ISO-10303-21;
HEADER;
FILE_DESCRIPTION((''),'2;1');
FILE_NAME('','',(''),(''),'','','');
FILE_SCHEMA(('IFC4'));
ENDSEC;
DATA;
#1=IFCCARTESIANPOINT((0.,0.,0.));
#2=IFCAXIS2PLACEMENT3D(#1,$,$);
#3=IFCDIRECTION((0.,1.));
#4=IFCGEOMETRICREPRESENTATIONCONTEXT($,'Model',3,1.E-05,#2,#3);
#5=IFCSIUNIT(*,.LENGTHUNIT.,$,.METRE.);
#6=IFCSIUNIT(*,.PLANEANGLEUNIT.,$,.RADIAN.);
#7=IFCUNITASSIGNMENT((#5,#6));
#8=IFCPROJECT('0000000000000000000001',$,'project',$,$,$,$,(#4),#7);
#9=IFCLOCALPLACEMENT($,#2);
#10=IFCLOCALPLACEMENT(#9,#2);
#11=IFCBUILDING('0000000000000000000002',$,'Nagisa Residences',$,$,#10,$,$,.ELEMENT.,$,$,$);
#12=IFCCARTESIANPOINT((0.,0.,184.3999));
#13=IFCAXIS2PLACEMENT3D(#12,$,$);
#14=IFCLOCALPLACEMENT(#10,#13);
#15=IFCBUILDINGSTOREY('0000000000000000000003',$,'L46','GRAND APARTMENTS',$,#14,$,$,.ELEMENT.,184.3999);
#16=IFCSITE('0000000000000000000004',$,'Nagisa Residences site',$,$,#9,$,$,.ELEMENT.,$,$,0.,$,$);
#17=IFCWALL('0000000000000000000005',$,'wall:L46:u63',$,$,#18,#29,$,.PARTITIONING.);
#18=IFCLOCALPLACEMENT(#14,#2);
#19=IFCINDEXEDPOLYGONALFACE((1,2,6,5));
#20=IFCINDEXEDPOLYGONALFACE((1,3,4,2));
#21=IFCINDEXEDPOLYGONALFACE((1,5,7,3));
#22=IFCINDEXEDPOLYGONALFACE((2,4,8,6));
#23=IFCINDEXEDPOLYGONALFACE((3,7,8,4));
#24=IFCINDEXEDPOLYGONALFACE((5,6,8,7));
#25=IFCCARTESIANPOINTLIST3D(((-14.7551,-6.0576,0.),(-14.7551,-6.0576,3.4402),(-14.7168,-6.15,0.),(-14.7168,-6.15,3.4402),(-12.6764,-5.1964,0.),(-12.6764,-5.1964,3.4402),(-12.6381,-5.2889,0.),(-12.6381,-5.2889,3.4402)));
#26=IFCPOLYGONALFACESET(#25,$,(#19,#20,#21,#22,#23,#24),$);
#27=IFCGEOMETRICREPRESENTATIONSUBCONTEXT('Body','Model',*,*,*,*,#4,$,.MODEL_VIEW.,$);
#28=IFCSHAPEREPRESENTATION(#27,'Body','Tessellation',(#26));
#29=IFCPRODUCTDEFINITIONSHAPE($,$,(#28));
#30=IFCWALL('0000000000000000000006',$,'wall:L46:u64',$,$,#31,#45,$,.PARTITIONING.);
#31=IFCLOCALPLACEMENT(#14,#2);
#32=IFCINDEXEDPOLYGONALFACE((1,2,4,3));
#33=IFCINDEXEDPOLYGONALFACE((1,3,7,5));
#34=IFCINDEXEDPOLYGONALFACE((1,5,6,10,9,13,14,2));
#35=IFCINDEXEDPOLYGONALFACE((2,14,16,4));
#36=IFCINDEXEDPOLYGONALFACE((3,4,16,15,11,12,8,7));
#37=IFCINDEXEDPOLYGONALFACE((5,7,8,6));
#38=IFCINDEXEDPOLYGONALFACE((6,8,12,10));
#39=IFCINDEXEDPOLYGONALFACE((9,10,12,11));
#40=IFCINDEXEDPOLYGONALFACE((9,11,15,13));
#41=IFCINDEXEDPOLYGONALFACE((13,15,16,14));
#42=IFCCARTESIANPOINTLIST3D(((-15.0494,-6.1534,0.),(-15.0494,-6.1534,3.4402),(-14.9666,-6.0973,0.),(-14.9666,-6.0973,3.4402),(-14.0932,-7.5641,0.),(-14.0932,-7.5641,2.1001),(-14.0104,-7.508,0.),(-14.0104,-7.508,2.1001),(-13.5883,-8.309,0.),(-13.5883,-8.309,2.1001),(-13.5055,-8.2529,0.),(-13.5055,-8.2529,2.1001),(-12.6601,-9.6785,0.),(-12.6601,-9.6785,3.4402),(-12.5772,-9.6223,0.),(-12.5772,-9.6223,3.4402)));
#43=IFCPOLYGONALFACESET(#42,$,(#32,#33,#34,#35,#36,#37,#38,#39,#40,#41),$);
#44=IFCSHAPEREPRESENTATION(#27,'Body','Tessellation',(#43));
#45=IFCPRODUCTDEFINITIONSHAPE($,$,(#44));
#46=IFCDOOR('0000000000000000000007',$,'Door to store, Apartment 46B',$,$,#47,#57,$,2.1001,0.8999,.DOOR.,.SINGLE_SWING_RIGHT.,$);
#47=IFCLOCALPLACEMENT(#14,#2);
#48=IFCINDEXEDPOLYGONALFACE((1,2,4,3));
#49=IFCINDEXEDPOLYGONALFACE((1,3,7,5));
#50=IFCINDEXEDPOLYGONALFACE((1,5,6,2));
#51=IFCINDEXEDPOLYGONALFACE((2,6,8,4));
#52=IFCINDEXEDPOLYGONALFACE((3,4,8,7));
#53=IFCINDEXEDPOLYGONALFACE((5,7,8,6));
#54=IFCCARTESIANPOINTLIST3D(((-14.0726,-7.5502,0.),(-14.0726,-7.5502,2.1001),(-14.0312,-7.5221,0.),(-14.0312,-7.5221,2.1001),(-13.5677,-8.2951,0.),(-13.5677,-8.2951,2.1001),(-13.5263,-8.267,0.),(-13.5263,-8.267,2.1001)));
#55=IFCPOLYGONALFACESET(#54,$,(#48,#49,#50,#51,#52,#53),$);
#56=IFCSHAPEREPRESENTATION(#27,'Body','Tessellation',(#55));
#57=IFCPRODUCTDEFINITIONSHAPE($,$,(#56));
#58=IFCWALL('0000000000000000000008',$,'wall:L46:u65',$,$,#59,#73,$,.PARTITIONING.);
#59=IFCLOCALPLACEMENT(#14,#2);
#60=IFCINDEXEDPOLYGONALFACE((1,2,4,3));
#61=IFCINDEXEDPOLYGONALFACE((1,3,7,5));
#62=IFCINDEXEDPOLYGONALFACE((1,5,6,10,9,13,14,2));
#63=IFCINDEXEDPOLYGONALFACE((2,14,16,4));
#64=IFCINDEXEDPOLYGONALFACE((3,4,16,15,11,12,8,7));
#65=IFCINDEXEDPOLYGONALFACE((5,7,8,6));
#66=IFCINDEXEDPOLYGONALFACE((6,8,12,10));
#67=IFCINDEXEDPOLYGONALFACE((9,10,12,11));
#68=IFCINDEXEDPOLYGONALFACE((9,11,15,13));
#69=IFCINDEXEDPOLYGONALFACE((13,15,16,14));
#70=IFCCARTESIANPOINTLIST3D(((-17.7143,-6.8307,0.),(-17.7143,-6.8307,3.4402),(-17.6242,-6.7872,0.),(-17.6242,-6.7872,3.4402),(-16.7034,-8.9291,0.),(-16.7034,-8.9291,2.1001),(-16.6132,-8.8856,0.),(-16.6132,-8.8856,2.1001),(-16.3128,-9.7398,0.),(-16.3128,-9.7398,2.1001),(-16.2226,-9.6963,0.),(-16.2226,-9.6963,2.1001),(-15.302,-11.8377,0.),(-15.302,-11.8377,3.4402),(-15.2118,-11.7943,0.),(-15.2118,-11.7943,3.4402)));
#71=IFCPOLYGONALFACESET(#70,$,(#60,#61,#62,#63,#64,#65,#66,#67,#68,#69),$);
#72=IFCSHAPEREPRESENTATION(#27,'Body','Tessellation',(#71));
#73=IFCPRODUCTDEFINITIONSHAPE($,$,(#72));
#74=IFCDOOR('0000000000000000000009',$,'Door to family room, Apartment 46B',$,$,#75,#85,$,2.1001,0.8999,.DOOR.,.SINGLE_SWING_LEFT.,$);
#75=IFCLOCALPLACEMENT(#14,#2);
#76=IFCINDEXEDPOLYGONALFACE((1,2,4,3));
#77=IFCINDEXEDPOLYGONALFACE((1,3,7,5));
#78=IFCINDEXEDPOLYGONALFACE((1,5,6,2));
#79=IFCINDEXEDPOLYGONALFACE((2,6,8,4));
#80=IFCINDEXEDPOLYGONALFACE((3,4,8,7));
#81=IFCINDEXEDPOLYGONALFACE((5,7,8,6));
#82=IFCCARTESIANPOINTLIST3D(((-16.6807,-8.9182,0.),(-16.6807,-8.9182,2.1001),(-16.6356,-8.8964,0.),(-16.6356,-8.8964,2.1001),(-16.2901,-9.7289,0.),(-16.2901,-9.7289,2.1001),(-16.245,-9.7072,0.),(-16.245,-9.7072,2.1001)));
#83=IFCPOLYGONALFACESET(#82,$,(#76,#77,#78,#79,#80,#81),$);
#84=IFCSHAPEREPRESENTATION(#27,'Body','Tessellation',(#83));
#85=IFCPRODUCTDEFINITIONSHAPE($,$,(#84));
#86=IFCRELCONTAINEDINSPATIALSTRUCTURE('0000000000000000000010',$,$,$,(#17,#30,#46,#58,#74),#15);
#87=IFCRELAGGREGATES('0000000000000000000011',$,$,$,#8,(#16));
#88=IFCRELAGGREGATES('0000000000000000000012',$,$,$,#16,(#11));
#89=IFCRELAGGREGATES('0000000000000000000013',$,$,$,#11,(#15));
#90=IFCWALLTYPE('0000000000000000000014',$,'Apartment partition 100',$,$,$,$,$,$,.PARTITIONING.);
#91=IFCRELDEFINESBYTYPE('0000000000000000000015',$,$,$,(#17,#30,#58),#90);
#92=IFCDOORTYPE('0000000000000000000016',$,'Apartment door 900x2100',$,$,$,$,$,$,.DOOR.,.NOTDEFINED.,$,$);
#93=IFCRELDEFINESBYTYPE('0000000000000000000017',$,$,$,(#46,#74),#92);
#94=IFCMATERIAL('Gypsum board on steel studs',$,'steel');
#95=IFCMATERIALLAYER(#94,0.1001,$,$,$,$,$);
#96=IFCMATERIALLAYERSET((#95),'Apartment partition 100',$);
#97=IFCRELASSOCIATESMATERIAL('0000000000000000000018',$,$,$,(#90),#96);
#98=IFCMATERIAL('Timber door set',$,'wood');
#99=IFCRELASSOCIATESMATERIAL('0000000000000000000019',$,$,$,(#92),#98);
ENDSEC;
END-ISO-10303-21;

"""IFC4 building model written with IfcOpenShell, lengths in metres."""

from ifc_helpers import new_model, si_unit, direction, frame, frame_2d, origin, place, context, subcontext, project, spatial, rectangle, extrude, material, layer, layer_set, type_object, element, fill, save


model = new_model("IFC4")

# Units and contexts
model_context = context("Model", 3, precision=1e-05, world=origin(), true_north=direction((0.0, 1.0)))
body_context = subcontext(model_context, "Body", "Model", "MODEL_VIEW")
ifc_project = project(units=[si_unit("LENGTHUNIT", "METRE"), si_unit("PLANEANGLEUNIT", "RADIAN")], contexts=[model_context])

# Site, building, storey
site_placement = place(None, origin())
site = spatial("IfcSite", under=ifc_project, at=site_placement, Name="Nagisa Residences site", CompositionType="ELEMENT", RefElevation=0.0)
building_placement = place(site_placement, origin())
building = spatial("IfcBuilding", under=site, at=building_placement, Name="Nagisa Residences", CompositionType="ELEMENT")
storey_placement = place(building_placement, frame((0.0, 0.0, 184.3999)))
storey = spatial("IfcBuildingStorey", under=building, at=storey_placement, Name="L46", Description="GRAND APARTMENTS", CompositionType="ELEMENT", Elevation=184.3999)

# Shared definitions
ifc_material_1 = material(Name="Gypsum board on steel studs", Category="steel")
ifc_layer_1 = layer(ifc_material_1, 0.1001)
ifc_layer_set_1 = layer_set([ifc_layer_1], Name="Apartment partition 100")
wall_type_1 = type_object("IfcWallType", Name="Apartment partition 100", PredefinedType="PARTITIONING", material=ifc_layer_set_1)

# Shared definitions
ifc_material_2 = material(Name="Timber door set", Category="wood")
door_type_1 = type_object("IfcDoorType", Name="Apartment door 900x2100", OperationType="NOTDEFINED", PredefinedType="DOOR", material=ifc_material_2)

# Wall
wall_1_placement = place(storey_placement, frame((-12.6572, -5.2427, 0.0), z_axis=(0.0, 0.0, 1.0), x_axis=(-0.923865, -0.382719, 0.0)))
element("IfcWall", 1, at=wall_1_placement, inside=storey, type_object=wall_type_1, Name="wall:L46:u63", PredefinedType="PARTITIONING", context=body_context, shape_type="SweptSolid", body=[
    extrude(rectangle(XDim=2.25, YDim=0.1001, at=frame_2d((1.125, 0.0))), origin(), (0.0, 0.0, 1.0), 3.4402),
])

# Walls, openings, doors
wall_2_placement = place(storey_placement, frame((-15.0081, -6.1252, 0.0), z_axis=(0.0, 0.0, 1.0), x_axis=(0.561074, -0.827766, 0.0)))
wall_2 = element("IfcWall", 2, at=wall_2_placement, inside=storey, type_object=wall_type_1, Name="wall:L46:u64", PredefinedType="PARTITIONING", context=body_context, shape_type="SweptSolid", body=[
    extrude(rectangle(XDim=4.2585, YDim=0.1001, at=frame_2d((2.1294, 0.0))), origin(), (0.0, 0.0, 1.0), 3.4402),
])
opening_1_placement = place(wall_2_placement, frame((1.7043, 0.0, 0.0)))
opening_1 = element("IfcOpeningElement", 3, at=opening_1_placement, cuts=wall_2, PredefinedType="OPENING", context=body_context, shape_type="SweptSolid", body=[
    extrude(rectangle(XDim=0.8999, YDim=2.1001, at=frame_2d((0.45, 1.05))), frame((0.0, 0.0601, 0.0), z_axis=(0.0, -1.0, 0.0), x_axis=(1.0, 0.0, 0.0)), (0.0, 0.0, 1.0), 0.1201),
])
door_1_placement = place(opening_1_placement, origin())
door_1 = element("IfcDoor", 4, at=door_1_placement, inside=storey, type_object=door_type_1, Name="Door to store, Apartment 46B", OperationType="SINGLE_SWING_RIGHT", OverallHeight=2.1001, OverallWidth=0.8999, PredefinedType="DOOR", context=body_context, shape_type="SweptSolid", body=[
    extrude(rectangle(XDim=0.8999, YDim=2.1001, at=frame_2d((0.45, 1.05))), frame((0.0, 0.0249, 0.0), z_axis=(0.0, -1.0, 0.0), x_axis=(1.0, 0.0, 0.0)), (0.0, 0.0, 1.0), 0.05),
])
fill(opening_1, door_1)
wall_3_placement = place(storey_placement, frame((-17.6692, -6.8091, 0.0), z_axis=(0.0, 0.0, 1.0), x_axis=(0.43404, -0.900894, 0.0)))
wall_3 = element("IfcWall", 5, at=wall_3_placement, inside=storey, type_object=wall_type_1, Name="wall:L46:u65", PredefinedType="PARTITIONING", context=body_context, shape_type="SweptSolid", body=[
    extrude(rectangle(XDim=5.5579, YDim=0.1001, at=frame_2d((2.7788, 0.0))), origin(), (0.0, 0.0, 1.0), 3.4402),
])
opening_2_placement = place(wall_3_placement, frame((2.3291, 0.0, 0.0)))
opening_2 = element("IfcOpeningElement", 6, at=opening_2_placement, cuts=wall_3, PredefinedType="OPENING", context=body_context, shape_type="SweptSolid", body=[
    extrude(rectangle(XDim=0.8999, YDim=2.1001, at=frame_2d((0.45, 1.05))), frame((0.0, 0.0601, 0.0), z_axis=(0.0, -1.0, 0.0), x_axis=(1.0, 0.0, 0.0)), (0.0, 0.0, 1.0), 0.1201),
])
door_2_placement = place(opening_2_placement, frame((0.8999, 0.0, 0.0), x_axis=(-1.0, 0.0, 0.0)))
door_2 = element("IfcDoor", 7, at=door_2_placement, inside=storey, type_object=door_type_1, Name="Door to family room, Apartment 46B", OperationType="SINGLE_SWING_LEFT", OverallHeight=2.1001, OverallWidth=0.8999, PredefinedType="DOOR", context=body_context, shape_type="SweptSolid", body=[
    extrude(rectangle(XDim=0.8999, YDim=2.1001, at=frame_2d((0.45, 1.05))), frame((0.0, 0.0249, 0.0), z_axis=(0.0, -1.0, 0.0), x_axis=(1.0, 0.0, 0.0)), (0.0, 0.0, 1.0), 0.05),
])
fill(opening_2, door_2)

save(model, "model.ifc")
